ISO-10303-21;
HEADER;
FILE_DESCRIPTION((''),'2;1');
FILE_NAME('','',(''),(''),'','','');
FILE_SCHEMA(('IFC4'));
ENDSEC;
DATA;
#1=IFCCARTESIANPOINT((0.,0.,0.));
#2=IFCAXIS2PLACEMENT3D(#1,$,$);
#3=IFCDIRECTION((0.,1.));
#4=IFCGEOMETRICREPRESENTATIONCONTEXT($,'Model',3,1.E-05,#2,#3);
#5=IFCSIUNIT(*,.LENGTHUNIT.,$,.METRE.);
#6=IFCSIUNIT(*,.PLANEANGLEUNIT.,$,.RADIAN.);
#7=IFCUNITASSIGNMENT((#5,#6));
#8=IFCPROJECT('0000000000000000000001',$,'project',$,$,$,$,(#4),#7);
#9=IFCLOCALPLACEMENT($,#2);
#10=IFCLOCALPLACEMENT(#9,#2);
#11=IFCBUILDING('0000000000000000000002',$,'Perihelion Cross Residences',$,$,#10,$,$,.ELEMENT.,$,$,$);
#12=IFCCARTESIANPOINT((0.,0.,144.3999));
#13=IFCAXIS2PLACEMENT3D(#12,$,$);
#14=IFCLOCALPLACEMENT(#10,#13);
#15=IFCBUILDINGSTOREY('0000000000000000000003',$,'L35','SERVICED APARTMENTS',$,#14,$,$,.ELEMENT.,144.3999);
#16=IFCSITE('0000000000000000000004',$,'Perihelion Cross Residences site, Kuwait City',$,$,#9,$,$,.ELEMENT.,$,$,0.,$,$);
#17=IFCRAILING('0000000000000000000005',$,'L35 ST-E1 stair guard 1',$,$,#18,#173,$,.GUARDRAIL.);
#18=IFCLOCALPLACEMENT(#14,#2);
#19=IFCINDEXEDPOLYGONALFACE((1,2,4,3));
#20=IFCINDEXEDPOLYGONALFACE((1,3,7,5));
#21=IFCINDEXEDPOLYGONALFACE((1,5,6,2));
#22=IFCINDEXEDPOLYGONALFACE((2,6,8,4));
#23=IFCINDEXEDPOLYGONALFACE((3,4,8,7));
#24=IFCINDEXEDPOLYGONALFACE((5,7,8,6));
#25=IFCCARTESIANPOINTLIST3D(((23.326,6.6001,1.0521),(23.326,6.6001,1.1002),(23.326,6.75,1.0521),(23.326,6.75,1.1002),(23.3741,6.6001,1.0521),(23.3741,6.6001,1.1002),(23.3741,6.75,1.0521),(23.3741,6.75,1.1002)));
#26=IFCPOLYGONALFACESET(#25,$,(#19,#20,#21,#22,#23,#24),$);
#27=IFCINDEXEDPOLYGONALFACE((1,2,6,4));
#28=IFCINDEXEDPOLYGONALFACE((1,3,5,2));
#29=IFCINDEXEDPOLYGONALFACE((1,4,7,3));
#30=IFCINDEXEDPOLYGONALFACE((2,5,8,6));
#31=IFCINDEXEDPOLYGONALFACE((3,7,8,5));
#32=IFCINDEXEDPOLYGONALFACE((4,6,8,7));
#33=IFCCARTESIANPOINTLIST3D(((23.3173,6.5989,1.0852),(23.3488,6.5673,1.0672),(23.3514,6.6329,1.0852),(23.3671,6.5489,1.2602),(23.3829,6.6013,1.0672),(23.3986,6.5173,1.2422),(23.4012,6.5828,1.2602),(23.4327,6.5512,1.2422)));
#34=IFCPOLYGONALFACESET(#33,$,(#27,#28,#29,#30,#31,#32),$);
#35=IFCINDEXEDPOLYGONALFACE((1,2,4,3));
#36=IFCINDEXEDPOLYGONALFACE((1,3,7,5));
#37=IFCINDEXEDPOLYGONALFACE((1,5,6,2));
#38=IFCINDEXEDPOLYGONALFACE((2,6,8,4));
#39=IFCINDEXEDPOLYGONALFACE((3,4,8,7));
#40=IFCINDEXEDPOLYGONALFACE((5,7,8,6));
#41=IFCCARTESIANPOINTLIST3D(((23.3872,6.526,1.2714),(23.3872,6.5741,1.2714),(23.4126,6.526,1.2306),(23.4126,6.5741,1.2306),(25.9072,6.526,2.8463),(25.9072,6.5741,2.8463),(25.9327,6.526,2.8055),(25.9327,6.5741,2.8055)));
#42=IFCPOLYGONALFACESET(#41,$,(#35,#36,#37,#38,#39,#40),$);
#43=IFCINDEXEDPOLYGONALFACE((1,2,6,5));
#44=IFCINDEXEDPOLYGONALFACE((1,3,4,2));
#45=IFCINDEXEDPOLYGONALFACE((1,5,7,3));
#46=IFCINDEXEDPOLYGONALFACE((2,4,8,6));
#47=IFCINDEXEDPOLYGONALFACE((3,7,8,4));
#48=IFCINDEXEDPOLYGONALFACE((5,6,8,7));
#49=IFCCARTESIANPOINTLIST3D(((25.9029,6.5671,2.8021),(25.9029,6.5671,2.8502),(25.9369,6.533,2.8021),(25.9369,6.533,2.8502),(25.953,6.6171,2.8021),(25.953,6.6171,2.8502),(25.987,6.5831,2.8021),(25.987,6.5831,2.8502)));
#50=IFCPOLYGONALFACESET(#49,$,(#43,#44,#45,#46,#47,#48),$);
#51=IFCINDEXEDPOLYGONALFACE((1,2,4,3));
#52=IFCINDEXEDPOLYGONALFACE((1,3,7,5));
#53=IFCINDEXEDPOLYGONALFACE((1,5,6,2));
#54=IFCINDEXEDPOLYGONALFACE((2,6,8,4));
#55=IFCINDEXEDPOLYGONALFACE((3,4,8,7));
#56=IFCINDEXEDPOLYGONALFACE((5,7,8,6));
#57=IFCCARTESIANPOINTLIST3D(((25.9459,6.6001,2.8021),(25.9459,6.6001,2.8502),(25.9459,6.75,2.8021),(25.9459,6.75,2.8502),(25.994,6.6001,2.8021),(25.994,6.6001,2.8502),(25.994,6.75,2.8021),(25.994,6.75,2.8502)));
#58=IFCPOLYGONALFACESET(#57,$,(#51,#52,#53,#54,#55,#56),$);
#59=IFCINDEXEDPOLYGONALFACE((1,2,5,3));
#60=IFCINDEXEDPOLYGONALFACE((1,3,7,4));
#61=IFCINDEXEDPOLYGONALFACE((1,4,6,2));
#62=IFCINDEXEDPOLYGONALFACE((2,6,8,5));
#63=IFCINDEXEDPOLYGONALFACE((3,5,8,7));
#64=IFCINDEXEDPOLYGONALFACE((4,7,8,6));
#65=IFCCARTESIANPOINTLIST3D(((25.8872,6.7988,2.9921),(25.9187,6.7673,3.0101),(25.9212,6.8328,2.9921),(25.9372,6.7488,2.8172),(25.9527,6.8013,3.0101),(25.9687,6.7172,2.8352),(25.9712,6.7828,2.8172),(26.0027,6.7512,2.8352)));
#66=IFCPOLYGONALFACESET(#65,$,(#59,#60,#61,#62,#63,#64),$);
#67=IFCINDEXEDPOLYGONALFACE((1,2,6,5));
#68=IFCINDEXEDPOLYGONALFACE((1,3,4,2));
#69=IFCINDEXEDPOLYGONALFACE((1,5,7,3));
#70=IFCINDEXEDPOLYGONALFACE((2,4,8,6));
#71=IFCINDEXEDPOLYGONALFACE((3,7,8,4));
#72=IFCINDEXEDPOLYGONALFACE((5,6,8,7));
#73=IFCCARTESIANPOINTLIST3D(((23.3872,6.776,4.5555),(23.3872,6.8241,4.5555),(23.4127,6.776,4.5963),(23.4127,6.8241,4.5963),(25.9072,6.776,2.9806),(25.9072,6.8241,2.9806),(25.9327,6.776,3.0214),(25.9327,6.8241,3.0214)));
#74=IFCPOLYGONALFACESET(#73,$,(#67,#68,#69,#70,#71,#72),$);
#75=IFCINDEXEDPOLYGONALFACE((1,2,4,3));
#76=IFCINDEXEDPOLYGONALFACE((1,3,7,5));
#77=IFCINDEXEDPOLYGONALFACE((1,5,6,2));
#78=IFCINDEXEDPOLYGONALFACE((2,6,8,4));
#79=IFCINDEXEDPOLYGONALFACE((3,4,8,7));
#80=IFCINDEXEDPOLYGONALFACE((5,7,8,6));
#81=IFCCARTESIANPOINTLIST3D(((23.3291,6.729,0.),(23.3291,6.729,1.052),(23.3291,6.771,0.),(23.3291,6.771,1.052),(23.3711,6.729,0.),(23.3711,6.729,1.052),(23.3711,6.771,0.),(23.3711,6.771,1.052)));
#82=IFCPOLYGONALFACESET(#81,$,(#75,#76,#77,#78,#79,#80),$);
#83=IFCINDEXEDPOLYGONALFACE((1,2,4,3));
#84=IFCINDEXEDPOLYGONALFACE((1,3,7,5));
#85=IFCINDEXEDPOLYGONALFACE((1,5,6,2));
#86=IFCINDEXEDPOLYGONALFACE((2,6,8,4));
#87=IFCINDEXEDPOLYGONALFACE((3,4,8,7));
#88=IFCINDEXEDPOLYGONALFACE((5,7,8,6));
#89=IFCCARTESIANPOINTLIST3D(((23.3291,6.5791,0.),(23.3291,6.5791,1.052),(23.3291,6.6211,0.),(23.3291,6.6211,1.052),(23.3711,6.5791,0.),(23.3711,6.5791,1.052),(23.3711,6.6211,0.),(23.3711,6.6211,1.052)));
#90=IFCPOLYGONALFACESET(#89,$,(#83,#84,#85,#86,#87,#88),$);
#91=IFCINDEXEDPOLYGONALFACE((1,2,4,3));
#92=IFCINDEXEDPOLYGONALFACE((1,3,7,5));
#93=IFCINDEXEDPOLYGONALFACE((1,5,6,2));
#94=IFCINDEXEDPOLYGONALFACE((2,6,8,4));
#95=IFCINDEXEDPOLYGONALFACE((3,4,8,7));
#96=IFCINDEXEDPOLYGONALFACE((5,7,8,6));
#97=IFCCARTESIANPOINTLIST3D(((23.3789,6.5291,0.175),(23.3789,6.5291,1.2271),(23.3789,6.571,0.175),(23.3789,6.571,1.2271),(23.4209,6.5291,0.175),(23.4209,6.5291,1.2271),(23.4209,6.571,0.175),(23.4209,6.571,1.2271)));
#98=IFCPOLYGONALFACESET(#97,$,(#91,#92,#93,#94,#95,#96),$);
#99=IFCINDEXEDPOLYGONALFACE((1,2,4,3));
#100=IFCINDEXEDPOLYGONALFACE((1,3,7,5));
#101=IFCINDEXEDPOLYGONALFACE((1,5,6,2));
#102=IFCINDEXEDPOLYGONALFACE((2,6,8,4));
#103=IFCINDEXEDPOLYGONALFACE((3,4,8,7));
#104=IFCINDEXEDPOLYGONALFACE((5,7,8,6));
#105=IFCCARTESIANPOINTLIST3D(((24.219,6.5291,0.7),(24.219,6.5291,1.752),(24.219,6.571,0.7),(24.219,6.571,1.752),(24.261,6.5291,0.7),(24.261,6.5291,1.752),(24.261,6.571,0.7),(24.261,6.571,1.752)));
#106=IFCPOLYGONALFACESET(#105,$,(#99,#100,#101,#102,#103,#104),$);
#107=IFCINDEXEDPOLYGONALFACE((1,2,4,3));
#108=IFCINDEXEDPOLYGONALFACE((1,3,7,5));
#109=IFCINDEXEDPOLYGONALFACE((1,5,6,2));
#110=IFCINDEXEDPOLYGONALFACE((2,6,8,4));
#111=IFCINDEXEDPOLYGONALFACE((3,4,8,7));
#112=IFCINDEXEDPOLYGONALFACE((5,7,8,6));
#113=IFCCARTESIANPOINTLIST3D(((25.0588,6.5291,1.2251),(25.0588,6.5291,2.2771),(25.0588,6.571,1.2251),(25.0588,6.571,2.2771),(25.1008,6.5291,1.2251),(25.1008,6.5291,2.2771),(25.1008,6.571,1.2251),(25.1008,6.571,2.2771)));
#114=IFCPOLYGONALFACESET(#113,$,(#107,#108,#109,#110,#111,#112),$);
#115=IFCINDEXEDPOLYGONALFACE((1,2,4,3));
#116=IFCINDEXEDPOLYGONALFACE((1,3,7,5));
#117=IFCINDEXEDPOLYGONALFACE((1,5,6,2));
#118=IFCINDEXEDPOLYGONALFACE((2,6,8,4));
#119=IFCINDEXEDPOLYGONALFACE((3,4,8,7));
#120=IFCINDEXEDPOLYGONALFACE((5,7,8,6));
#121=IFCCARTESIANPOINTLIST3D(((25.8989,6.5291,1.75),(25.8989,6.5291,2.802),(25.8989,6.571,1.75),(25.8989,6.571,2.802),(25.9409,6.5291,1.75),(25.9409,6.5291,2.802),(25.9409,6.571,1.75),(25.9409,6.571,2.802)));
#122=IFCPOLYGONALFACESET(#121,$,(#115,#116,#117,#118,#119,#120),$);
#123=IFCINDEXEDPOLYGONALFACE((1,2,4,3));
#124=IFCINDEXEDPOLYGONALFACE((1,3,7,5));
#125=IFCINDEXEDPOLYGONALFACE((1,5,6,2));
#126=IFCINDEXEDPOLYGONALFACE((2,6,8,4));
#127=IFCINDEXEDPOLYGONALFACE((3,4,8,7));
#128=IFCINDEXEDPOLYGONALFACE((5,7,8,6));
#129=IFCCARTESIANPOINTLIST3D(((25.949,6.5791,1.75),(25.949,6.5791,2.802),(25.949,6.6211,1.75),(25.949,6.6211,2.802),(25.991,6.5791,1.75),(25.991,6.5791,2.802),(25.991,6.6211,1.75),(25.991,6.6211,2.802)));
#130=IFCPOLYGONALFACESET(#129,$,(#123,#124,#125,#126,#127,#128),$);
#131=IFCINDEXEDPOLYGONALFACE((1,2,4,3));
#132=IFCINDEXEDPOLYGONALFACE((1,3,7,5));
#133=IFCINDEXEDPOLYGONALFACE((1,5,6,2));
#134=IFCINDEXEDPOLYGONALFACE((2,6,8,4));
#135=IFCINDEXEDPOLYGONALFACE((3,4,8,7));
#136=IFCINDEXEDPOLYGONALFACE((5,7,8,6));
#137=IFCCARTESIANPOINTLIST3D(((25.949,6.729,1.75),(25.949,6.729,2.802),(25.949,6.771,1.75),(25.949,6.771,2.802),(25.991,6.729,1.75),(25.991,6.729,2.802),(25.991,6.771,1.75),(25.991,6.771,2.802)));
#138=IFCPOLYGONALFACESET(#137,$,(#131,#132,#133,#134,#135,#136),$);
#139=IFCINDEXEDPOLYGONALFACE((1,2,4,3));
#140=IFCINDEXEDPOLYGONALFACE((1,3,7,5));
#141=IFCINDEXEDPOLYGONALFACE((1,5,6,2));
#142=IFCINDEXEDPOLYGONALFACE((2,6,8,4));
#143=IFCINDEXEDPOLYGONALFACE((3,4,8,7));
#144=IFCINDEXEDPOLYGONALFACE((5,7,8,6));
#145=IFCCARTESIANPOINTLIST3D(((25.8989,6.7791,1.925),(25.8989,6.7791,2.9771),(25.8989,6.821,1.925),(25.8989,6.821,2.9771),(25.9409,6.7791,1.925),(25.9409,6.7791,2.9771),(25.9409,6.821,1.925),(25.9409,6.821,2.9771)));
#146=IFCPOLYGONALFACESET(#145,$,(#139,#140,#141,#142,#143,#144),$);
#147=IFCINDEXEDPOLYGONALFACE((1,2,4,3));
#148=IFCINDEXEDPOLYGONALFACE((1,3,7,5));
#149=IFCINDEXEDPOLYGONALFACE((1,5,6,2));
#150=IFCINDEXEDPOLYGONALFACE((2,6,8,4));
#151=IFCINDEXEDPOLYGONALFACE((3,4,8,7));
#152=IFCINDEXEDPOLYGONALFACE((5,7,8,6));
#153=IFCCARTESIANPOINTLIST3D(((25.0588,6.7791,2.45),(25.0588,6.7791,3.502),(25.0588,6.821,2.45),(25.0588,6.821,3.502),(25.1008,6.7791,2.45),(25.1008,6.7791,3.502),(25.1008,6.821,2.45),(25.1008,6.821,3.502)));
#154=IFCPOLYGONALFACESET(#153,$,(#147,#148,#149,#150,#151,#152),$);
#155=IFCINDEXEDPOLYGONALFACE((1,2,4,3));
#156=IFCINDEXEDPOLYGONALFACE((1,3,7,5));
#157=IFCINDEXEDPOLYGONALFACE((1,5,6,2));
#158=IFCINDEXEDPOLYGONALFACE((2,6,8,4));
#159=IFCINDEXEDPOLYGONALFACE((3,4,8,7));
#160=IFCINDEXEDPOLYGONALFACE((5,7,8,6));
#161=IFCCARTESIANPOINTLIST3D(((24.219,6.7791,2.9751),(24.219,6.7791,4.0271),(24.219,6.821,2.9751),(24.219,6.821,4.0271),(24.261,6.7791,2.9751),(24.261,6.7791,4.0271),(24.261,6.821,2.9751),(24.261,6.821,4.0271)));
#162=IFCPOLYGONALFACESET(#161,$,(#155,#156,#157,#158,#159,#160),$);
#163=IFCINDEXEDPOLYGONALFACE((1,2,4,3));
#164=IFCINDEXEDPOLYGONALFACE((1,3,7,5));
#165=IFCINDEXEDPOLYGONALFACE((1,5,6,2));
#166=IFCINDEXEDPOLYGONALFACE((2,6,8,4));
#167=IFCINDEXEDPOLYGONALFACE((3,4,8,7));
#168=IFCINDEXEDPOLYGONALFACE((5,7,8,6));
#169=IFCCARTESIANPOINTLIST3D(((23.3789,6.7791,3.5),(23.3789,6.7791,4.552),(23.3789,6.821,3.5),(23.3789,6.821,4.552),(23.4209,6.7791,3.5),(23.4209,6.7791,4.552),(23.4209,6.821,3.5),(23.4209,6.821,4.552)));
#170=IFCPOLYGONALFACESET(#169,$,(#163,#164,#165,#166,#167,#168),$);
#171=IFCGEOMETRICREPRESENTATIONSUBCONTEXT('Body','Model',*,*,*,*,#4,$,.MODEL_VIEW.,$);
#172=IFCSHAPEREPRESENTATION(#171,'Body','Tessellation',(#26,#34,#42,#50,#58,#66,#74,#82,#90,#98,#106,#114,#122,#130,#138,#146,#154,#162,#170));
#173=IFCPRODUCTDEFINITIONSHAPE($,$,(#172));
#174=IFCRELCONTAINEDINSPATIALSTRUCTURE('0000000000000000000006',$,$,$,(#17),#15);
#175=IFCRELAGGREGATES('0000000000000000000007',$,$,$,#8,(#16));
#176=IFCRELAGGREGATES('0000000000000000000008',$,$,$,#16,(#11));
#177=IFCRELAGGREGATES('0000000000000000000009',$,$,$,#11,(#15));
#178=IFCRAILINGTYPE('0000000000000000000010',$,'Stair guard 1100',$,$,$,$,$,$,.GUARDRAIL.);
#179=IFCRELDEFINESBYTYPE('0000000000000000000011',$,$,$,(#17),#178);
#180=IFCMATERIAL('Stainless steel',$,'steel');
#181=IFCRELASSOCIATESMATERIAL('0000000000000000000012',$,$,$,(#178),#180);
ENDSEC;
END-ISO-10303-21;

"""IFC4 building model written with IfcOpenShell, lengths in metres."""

from ifc_helpers import new_model, si_unit, direction, frame, origin, origin_2d, place, context, subcontext, project, spatial, rectangle, extrude, material, type_object, element, save


model = new_model("IFC4")

# Units and contexts
model_context = context("Model", 3, precision=1e-05, world=origin(), true_north=direction((0.0, 1.0)))
body_context = subcontext(model_context, "Body", "Model", "MODEL_VIEW")
ifc_project = project(units=[si_unit("LENGTHUNIT", "METRE"), si_unit("PLANEANGLEUNIT", "RADIAN")], contexts=[model_context])

# Site, building, storey
site_placement = place(None, origin())
site = spatial("IfcSite", under=ifc_project, at=site_placement, Name="Perihelion Cross Residences site, Kuwait City", CompositionType="ELEMENT", RefElevation=0.0)
building_placement = place(site_placement, origin())
building = spatial("IfcBuilding", under=site, at=building_placement, Name="Perihelion Cross Residences", CompositionType="ELEMENT")
storey_placement = place(building_placement, frame((0.0, 0.0, 144.3999)))
storey = spatial("IfcBuildingStorey", under=building, at=storey_placement, Name="L35", Description="SERVICED APARTMENTS", CompositionType="ELEMENT", Elevation=144.3999)

# Railing
ifc_material_1 = material(Name="Stainless steel", Category="steel")
railing_type_1 = type_object("IfcRailingType", Name="Stair guard 1100", PredefinedType="GUARDRAIL", material=ifc_material_1)
railing_1_placement = place(storey_placement, frame((23.3501, 6.75, 0.0)))
element("IfcRailing", 1, at=railing_1_placement, inside=storey, type_object=railing_type_1, Name="L35 ST-E1 stair guard 1", PredefinedType="GUARDRAIL", context=body_context, shape_type="SweptSolid", body=[
    extrude(rectangle(XDim=0.0481, YDim=0.0481, at=origin_2d()), frame((0.0, 0.0, 1.0762), z_axis=(0.0, -1.0, 0.0), x_axis=(1.0, 0.0, 0.0)), (0.0, 0.0, 1.0), 0.1499),
    extrude(rectangle(XDim=0.0481, YDim=0.0481, at=origin_2d()), frame((0.0, -0.1499, 1.0762), z_axis=(0.263862, -0.265156, 0.927399), x_axis=(0.708834, 0.705376, 0.0)), (0.0, 0.0, 1.0), 0.1887),
    extrude(rectangle(XDim=0.0481, YDim=0.0481, at=origin_2d()), frame((0.0498, -0.2, 1.251), z_axis=(0.848008, 0.0, 0.529984), x_axis=(0.0, 1.0, 0.0)), (0.0, 0.0, 1.0), 2.9717),
    extrude(rectangle(XDim=0.0481, YDim=0.0481, at=origin_2d()), frame((2.5698, -0.2, 2.8262), z_axis=(0.707107, 0.707107, 0.0), x_axis=(-0.707107, 0.707107, 0.0)), (0.0, 0.0, 1.0), 0.0708),
    extrude(rectangle(XDim=0.0481, YDim=0.0481, at=origin_2d()), frame((2.6199, -0.1499, 2.8262), z_axis=(0.0, 1.0, 0.0), x_axis=(-1.0, 0.0, 0.0)), (0.0, 0.0, 1.0), 0.1499),
    extrude(rectangle(XDim=0.0481, YDim=0.0481, at=origin_2d()), frame((2.6199, 0.0, 2.8262), z_axis=(-0.265065, 0.265065, 0.927082), x_axis=(-0.707107, -0.707107, 0.0)), (0.0, 0.0, 1.0), 0.1887),
    extrude(rectangle(XDim=0.0481, YDim=0.0481, at=origin_2d()), frame((2.5698, 0.05, 3.001), z_axis=(-0.848008, 0.0, 0.529984), x_axis=(0.0, -1.0, 0.0)), (0.0, 0.0, 1.0), 2.9717),
    extrude(rectangle(XDim=0.042, YDim=0.042, at=origin_2d()), origin(), (0.0, 0.0, 1.0), 1.052),
    extrude(rectangle(XDim=0.042, YDim=0.042, at=origin_2d()), frame((0.0, -0.1499, 0.0)), (0.0, 0.0, 1.0), 1.052),
    extrude(rectangle(XDim=0.042, YDim=0.042, at=origin_2d()), frame((0.0498, -0.2, 0.175)), (0.0, 0.0, 1.0), 1.052),
    extrude(rectangle(XDim=0.042, YDim=0.042, at=origin_2d()), frame((0.8899, -0.2, 0.7)), (0.0, 0.0, 1.0), 1.052),
    extrude(rectangle(XDim=0.042, YDim=0.042, at=origin_2d()), frame((1.7297, -0.2, 1.2251)), (0.0, 0.0, 1.0), 1.052),
    extrude(rectangle(XDim=0.042, YDim=0.042, at=origin_2d()), frame((2.5698, -0.2, 1.75)), (0.0, 0.0, 1.0), 1.052),
    extrude(rectangle(XDim=0.042, YDim=0.042, at=origin_2d()), frame((2.6199, -0.1499, 1.75)), (0.0, 0.0, 1.0), 1.052),
    extrude(rectangle(XDim=0.042, YDim=0.042, at=origin_2d()), frame((2.6199, 0.0, 1.75)), (0.0, 0.0, 1.0), 1.052),
    extrude(rectangle(XDim=0.042, YDim=0.042, at=origin_2d()), frame((2.5698, 0.05, 1.925)), (0.0, 0.0, 1.0), 1.052),
    extrude(rectangle(XDim=0.042, YDim=0.042, at=origin_2d()), frame((1.7297, 0.05, 2.45)), (0.0, 0.0, 1.0), 1.052),
    extrude(rectangle(XDim=0.042, YDim=0.042, at=origin_2d()), frame((0.8899, 0.05, 2.9751)), (0.0, 0.0, 1.0), 1.052),
    extrude(rectangle(XDim=0.042, YDim=0.042, at=origin_2d()), frame((0.0498, 0.05, 3.5)), (0.0, 0.0, 1.0), 1.052),
])

save(model, "model.ifc")
